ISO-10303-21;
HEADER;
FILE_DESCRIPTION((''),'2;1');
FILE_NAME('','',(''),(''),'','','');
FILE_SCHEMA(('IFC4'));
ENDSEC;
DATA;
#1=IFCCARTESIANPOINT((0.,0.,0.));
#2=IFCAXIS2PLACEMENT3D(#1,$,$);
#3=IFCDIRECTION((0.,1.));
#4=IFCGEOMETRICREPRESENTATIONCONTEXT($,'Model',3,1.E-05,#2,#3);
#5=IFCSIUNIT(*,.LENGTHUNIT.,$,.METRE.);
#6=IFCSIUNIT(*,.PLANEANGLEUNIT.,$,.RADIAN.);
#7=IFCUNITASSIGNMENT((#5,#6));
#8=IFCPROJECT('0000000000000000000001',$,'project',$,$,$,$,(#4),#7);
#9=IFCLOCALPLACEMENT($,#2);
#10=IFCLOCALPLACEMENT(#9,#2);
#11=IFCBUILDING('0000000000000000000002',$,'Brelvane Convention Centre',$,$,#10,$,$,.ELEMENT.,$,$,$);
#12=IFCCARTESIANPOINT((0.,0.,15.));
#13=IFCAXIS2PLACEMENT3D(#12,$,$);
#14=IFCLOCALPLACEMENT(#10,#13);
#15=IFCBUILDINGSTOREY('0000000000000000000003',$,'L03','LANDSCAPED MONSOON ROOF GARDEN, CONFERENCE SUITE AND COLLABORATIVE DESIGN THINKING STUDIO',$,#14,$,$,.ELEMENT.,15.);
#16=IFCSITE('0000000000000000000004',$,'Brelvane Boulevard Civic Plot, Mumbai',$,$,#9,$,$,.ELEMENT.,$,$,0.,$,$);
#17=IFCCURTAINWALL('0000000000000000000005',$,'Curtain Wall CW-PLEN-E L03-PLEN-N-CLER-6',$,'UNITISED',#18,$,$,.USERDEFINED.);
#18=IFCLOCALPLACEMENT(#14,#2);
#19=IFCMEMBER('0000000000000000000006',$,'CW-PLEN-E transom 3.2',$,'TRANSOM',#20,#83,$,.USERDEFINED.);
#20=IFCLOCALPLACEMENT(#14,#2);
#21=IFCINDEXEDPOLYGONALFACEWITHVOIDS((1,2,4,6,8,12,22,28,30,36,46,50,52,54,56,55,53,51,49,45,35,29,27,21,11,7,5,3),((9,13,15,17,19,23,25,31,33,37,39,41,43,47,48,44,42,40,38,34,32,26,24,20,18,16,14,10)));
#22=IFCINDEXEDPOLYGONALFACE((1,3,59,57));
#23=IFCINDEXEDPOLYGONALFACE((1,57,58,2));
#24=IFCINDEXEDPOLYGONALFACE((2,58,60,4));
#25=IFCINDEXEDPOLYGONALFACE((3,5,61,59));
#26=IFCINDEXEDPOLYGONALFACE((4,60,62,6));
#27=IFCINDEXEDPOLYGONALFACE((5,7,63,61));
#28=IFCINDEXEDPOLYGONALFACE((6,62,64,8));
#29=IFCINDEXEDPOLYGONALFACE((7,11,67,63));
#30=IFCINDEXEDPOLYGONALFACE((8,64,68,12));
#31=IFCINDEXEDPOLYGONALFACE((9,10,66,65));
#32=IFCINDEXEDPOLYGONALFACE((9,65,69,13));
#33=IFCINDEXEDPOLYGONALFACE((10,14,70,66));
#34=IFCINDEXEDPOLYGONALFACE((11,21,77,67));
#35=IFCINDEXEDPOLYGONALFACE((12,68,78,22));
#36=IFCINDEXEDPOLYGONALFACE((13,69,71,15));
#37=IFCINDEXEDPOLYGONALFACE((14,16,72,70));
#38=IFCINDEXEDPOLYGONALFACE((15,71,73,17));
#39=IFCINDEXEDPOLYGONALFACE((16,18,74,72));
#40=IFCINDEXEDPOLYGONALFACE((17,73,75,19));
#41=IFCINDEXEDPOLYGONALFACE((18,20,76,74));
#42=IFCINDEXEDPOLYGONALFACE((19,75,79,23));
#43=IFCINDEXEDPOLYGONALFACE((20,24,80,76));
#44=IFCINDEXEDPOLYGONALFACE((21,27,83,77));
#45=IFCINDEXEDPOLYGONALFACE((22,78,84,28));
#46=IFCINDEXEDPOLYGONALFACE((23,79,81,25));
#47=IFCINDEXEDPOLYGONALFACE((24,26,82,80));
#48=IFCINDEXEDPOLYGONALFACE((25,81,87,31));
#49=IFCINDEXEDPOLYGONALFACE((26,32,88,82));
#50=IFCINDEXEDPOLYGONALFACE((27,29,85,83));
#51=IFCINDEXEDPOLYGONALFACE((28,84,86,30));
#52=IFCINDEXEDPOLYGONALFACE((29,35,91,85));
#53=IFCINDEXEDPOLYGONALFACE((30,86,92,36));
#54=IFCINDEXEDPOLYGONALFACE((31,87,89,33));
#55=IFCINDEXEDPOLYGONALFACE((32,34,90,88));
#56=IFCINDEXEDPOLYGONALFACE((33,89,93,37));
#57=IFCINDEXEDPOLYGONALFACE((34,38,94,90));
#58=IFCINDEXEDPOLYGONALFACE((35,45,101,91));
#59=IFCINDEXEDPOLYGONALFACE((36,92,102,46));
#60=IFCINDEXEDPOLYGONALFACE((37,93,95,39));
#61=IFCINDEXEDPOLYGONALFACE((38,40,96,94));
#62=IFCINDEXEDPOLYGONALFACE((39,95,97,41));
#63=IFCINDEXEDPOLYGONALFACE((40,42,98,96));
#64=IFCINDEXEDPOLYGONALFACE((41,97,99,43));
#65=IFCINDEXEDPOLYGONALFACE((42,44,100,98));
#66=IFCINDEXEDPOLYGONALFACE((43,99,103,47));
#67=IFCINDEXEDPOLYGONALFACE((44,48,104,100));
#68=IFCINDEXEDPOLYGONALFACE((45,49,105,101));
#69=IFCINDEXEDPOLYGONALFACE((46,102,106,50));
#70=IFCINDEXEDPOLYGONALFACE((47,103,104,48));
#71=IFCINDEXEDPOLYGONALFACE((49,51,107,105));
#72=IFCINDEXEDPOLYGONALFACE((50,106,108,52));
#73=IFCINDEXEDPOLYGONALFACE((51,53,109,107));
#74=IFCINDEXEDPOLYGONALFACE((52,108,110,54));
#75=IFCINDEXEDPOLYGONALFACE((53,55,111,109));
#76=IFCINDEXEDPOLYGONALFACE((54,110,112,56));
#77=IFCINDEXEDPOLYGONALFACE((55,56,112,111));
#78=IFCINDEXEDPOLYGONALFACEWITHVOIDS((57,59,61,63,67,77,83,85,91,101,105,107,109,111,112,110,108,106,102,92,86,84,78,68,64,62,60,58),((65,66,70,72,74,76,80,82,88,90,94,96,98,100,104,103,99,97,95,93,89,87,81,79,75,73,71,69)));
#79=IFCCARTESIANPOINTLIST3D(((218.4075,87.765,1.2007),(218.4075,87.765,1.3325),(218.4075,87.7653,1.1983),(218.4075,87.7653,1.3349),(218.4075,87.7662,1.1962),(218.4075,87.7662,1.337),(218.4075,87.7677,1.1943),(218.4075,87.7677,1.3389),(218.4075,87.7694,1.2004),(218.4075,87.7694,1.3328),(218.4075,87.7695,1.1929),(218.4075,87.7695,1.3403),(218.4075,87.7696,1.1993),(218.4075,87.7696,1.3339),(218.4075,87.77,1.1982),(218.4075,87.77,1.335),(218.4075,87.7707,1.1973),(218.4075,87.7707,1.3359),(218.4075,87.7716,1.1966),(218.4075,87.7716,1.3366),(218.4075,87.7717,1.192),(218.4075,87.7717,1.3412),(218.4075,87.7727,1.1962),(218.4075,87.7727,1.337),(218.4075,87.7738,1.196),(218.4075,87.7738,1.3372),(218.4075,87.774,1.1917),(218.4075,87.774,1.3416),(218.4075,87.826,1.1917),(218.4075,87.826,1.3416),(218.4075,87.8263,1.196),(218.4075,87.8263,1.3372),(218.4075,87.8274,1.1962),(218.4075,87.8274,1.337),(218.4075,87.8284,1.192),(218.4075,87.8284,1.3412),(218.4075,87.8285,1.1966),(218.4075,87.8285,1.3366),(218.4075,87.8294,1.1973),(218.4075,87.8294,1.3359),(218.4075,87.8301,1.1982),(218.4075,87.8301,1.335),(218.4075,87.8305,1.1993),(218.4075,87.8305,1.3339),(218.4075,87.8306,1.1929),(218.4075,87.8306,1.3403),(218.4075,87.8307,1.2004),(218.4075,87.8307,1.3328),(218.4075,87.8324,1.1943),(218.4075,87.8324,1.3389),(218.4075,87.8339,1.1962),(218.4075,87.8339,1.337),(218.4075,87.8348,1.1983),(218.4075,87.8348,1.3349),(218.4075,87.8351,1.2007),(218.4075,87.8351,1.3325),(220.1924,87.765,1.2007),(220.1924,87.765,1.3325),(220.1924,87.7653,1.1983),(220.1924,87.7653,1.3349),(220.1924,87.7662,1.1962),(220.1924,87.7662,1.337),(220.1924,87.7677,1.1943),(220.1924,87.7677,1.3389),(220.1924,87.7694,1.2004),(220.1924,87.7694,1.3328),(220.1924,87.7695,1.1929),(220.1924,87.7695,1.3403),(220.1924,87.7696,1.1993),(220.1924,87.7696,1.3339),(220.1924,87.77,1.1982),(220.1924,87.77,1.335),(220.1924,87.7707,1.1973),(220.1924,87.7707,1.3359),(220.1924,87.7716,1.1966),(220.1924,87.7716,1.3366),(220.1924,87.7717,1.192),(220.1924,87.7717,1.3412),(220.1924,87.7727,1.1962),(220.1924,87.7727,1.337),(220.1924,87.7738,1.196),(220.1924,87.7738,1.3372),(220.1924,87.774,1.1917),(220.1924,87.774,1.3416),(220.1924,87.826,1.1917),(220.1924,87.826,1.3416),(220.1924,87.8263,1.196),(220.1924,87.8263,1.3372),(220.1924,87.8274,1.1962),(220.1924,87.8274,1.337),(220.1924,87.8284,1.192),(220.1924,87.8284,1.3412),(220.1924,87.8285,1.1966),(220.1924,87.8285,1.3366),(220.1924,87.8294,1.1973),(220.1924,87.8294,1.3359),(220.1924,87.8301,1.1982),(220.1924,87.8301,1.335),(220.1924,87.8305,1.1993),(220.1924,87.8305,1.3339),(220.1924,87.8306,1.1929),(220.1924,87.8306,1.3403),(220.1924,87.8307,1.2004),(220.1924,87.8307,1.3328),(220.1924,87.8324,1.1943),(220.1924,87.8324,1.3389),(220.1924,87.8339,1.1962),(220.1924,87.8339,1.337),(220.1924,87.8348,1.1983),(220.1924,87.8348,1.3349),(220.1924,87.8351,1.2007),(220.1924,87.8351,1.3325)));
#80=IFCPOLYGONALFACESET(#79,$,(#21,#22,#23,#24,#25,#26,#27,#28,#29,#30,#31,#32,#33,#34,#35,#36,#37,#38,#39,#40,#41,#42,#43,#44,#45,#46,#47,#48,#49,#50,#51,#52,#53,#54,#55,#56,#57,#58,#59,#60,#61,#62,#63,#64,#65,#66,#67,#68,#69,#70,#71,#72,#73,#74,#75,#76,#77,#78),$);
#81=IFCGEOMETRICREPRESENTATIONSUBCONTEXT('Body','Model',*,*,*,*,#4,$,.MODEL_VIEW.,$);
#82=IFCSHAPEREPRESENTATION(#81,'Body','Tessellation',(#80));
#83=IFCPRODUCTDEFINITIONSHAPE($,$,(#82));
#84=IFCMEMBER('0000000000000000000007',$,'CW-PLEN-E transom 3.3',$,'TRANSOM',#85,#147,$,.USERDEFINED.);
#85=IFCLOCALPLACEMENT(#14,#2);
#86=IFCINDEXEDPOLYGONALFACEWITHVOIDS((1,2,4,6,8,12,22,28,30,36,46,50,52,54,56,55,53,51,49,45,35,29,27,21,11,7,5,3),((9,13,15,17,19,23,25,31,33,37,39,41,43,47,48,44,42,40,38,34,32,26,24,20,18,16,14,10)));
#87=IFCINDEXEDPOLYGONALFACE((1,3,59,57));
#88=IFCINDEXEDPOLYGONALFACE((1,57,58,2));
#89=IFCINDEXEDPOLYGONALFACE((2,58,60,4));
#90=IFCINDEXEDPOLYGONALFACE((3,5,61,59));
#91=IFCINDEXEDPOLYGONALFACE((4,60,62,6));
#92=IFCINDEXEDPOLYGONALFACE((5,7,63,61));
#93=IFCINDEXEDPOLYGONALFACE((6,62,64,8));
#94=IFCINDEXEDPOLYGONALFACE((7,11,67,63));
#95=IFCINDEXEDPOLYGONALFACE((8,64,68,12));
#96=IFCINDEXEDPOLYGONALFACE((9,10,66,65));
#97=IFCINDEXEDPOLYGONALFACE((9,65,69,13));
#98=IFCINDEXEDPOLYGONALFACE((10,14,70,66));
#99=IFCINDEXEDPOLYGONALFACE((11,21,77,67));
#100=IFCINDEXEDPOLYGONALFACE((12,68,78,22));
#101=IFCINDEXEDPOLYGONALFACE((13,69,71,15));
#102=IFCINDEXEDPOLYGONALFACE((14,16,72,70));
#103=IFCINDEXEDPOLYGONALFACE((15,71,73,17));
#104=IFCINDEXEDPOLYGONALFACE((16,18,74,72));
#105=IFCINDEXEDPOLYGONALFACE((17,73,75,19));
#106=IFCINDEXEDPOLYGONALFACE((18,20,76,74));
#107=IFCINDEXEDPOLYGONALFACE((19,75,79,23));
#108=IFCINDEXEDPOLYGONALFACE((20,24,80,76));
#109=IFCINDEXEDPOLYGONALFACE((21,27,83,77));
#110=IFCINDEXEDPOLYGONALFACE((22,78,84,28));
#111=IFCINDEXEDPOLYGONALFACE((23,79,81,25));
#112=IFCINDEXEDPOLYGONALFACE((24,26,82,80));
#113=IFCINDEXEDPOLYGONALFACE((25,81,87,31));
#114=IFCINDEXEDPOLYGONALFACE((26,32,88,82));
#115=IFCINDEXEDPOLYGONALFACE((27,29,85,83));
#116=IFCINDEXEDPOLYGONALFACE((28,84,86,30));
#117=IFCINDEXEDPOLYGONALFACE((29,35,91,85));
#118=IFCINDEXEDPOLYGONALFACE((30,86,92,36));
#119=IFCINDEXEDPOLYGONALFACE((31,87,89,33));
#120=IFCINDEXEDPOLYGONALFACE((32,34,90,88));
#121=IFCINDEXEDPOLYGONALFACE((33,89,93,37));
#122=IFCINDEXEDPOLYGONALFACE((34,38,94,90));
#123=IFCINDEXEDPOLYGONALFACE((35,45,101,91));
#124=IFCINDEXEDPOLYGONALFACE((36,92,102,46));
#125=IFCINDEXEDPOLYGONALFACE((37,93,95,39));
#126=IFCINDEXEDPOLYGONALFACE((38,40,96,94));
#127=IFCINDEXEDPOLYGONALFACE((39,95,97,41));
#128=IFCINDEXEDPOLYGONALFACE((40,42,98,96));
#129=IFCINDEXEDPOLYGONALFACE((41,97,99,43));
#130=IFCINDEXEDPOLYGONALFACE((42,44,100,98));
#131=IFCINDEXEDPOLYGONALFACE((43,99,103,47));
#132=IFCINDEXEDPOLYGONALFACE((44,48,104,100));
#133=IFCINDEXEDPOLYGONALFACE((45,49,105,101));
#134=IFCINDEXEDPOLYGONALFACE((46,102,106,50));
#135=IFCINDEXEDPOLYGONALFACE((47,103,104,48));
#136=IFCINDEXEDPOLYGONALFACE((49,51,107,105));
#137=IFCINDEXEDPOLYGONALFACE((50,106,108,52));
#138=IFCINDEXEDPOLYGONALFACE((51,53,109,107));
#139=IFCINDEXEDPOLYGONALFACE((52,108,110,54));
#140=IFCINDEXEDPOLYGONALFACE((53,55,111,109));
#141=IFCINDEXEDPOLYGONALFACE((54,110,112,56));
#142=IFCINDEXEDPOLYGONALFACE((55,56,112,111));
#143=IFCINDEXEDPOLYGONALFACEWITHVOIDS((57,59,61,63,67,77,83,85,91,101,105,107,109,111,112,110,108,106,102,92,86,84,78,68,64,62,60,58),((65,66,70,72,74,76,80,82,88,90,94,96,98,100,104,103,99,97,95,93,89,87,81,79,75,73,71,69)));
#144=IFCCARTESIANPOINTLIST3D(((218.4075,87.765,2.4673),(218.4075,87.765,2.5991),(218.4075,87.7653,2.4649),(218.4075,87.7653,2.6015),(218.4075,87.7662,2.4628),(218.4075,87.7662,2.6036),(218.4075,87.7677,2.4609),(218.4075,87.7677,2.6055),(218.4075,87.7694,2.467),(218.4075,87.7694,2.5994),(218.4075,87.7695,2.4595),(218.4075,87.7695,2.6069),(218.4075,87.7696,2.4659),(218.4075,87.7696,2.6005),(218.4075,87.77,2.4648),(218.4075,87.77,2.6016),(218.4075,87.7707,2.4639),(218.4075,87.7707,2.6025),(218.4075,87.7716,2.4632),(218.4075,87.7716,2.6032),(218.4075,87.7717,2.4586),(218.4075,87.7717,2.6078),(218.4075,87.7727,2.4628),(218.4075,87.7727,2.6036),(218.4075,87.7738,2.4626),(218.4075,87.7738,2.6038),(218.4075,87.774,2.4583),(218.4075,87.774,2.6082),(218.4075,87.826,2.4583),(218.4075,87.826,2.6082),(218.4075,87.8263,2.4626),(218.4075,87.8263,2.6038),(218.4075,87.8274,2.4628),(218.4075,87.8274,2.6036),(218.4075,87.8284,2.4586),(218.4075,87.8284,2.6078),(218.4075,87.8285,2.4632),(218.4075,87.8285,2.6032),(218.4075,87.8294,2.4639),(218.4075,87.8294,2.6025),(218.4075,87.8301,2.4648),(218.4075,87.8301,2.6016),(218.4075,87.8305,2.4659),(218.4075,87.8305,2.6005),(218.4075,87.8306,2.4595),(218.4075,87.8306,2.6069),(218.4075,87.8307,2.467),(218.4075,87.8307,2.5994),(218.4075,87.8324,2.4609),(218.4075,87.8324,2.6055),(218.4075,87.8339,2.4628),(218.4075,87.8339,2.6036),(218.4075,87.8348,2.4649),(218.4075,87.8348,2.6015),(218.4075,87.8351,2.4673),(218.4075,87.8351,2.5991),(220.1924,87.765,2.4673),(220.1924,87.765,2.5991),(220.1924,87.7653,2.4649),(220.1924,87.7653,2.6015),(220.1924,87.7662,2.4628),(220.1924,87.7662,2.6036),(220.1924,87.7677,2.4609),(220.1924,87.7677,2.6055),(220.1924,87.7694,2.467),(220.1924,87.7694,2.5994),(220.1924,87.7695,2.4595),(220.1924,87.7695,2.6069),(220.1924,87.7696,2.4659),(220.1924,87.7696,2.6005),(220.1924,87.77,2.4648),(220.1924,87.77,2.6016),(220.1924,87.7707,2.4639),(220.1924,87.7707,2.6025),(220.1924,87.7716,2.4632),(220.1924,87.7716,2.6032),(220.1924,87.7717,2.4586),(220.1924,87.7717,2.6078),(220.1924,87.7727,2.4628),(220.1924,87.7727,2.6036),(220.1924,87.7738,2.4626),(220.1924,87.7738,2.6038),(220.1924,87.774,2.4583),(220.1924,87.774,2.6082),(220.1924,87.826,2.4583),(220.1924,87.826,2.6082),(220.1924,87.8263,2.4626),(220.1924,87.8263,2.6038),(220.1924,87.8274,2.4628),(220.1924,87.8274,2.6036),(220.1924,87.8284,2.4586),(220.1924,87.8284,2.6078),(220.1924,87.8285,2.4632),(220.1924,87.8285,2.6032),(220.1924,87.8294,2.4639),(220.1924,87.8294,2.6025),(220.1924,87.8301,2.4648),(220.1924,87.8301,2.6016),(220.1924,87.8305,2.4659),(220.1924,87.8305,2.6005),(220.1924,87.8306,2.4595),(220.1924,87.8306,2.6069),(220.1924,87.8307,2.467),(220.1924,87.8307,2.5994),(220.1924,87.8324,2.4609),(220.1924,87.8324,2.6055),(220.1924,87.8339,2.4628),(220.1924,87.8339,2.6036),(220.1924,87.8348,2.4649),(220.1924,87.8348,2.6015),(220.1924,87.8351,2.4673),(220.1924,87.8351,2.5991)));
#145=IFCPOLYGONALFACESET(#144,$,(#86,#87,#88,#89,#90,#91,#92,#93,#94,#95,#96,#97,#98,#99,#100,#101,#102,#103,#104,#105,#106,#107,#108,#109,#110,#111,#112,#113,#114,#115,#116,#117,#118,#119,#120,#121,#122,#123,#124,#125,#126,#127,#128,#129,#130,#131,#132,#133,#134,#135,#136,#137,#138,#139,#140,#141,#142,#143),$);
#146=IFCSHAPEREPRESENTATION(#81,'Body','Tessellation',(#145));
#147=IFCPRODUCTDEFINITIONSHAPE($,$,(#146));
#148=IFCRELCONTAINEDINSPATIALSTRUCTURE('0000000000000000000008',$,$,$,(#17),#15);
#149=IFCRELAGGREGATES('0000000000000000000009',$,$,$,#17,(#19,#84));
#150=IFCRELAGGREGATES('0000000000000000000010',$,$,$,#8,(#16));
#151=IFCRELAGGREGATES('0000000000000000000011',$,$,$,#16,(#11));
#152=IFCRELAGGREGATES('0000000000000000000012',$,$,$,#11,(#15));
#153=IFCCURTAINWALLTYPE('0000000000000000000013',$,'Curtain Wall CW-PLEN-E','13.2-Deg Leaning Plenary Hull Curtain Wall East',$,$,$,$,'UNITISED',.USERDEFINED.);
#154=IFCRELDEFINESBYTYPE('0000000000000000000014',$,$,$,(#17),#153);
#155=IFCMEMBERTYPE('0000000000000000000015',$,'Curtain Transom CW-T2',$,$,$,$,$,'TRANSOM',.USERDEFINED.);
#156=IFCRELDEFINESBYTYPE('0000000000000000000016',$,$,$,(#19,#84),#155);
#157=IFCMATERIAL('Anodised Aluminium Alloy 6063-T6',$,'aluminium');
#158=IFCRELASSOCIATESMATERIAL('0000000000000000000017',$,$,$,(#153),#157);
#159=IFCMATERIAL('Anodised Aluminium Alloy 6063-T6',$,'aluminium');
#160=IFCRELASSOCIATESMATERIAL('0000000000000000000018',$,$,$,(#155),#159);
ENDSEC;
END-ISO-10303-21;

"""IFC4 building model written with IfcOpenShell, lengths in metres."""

from ifc_helpers import new_model, si_unit, direction, frame, origin, origin_2d, place, context, subcontext, project, spatial, hollow_rectangle, extrude, material, material_profile, profile_set, type_object, element, aggregate, save


model = new_model("IFC4")

# Units and contexts
model_context = context("Model", 3, precision=1e-05, world=origin(), true_north=direction((0.0, 1.0)))
body_context = subcontext(model_context, "Body", "Model", "MODEL_VIEW")
ifc_project = project(units=[si_unit("LENGTHUNIT", "METRE"), si_unit("PLANEANGLEUNIT", "RADIAN")], contexts=[model_context])

# Site, building, storey
site_placement = place(None, origin())
site = spatial("IfcSite", under=ifc_project, at=site_placement, Name="Brelvane Boulevard Civic Plot, Mumbai", CompositionType="ELEMENT", RefElevation=0.0)
building_placement = place(site_placement, origin())
building = spatial("IfcBuilding", under=site, at=building_placement, Name="Brelvane Convention Centre", CompositionType="ELEMENT")
storey_placement = place(building_placement, frame((0.0, 0.0, 15.0)))
storey = spatial("IfcBuildingStorey", under=building, at=storey_placement, Name="L03", Description="LANDSCAPED MONSOON ROOF GARDEN, CONFERENCE SUITE AND COLLABORATIVE DESIGN THINKING STUDIO", CompositionType="ELEMENT", Elevation=15.0)

# Curtain wall, members
ifc_material_1 = material(Name="Anodised Aluminium Alloy 6063-T6", Category="aluminium")
curtain_wall_type = type_object("IfcCurtainWallType", Name="Curtain Wall CW-PLEN-E", Description="13.2-Deg Leaning Plenary Hull Curtain Wall East", ElementType="UNITISED", PredefinedType="USERDEFINED", material=ifc_material_1)
curtain_wall_placement = place(storey_placement, origin())
curtain_wall = element("IfcCurtainWall", 1, at=curtain_wall_placement, inside=storey, type_object=curtain_wall_type, Name="Curtain Wall CW-PLEN-E L03-PLEN-N-CLER-6", ObjectType="UNITISED", PredefinedType="USERDEFINED")
ifc_material_2 = material(Name="Anodised Aluminium Alloy 6063-T6", Category="aluminium")
ifc_material_profile_1 = material_profile(ifc_material_2, hollow_rectangle(XDim=0.0701, YDim=0.1499, WallThickness=0.0044, InnerFilletRadius=0.0044, OuterFilletRadius=0.009, at=origin_2d()), Name="ALU-T 150x70x4.5")
ifc_profile_set_1 = profile_set([ifc_material_profile_1], Name="Anodised Aluminium Alloy 6063-T6")
member_type_1 = type_object("IfcMemberType", Name="Curtain Transom CW-T2", ElementType="TRANSOM", PredefinedType="USERDEFINED", material=ifc_profile_set_1)
member_1_placement = place(storey_placement, frame((218.4075, 87.8, 1.2666), z_axis=(1.0, 0.0, 0.0), x_axis=(0.0, 1.0, 0.0)))
member_1 = element("IfcMember", 2, at=member_1_placement, type_object=member_type_1, Name="CW-PLEN-E transom 3.2", ObjectType="TRANSOM", PredefinedType="USERDEFINED", context=body_context, shape_type="SweptSolid", body=[
    extrude(hollow_rectangle(XDim=0.0701, YDim=0.1499, WallThickness=0.0044, InnerFilletRadius=0.0044, OuterFilletRadius=0.009, at=origin_2d()), origin(), (0.0, 0.0, 1.0), 1.7849),
])
member_2_placement = place(storey_placement, frame((218.4075, 87.8, 2.5332), z_axis=(1.0, 0.0, 0.0), x_axis=(0.0, 1.0, 0.0)))
member_2 = element("IfcMember", 3, at=member_2_placement, type_object=member_type_1, Name="CW-PLEN-E transom 3.3", ObjectType="TRANSOM", PredefinedType="USERDEFINED", context=body_context, shape_type="SweptSolid", body=[
    extrude(hollow_rectangle(XDim=0.0701, YDim=0.1499, WallThickness=0.0044, InnerFilletRadius=0.0044, OuterFilletRadius=0.009, at=origin_2d()), origin(), (0.0, 0.0, 1.0), 1.7849),
])
aggregate(curtain_wall, [member_1, member_2])

save(model, "model.ifc")
